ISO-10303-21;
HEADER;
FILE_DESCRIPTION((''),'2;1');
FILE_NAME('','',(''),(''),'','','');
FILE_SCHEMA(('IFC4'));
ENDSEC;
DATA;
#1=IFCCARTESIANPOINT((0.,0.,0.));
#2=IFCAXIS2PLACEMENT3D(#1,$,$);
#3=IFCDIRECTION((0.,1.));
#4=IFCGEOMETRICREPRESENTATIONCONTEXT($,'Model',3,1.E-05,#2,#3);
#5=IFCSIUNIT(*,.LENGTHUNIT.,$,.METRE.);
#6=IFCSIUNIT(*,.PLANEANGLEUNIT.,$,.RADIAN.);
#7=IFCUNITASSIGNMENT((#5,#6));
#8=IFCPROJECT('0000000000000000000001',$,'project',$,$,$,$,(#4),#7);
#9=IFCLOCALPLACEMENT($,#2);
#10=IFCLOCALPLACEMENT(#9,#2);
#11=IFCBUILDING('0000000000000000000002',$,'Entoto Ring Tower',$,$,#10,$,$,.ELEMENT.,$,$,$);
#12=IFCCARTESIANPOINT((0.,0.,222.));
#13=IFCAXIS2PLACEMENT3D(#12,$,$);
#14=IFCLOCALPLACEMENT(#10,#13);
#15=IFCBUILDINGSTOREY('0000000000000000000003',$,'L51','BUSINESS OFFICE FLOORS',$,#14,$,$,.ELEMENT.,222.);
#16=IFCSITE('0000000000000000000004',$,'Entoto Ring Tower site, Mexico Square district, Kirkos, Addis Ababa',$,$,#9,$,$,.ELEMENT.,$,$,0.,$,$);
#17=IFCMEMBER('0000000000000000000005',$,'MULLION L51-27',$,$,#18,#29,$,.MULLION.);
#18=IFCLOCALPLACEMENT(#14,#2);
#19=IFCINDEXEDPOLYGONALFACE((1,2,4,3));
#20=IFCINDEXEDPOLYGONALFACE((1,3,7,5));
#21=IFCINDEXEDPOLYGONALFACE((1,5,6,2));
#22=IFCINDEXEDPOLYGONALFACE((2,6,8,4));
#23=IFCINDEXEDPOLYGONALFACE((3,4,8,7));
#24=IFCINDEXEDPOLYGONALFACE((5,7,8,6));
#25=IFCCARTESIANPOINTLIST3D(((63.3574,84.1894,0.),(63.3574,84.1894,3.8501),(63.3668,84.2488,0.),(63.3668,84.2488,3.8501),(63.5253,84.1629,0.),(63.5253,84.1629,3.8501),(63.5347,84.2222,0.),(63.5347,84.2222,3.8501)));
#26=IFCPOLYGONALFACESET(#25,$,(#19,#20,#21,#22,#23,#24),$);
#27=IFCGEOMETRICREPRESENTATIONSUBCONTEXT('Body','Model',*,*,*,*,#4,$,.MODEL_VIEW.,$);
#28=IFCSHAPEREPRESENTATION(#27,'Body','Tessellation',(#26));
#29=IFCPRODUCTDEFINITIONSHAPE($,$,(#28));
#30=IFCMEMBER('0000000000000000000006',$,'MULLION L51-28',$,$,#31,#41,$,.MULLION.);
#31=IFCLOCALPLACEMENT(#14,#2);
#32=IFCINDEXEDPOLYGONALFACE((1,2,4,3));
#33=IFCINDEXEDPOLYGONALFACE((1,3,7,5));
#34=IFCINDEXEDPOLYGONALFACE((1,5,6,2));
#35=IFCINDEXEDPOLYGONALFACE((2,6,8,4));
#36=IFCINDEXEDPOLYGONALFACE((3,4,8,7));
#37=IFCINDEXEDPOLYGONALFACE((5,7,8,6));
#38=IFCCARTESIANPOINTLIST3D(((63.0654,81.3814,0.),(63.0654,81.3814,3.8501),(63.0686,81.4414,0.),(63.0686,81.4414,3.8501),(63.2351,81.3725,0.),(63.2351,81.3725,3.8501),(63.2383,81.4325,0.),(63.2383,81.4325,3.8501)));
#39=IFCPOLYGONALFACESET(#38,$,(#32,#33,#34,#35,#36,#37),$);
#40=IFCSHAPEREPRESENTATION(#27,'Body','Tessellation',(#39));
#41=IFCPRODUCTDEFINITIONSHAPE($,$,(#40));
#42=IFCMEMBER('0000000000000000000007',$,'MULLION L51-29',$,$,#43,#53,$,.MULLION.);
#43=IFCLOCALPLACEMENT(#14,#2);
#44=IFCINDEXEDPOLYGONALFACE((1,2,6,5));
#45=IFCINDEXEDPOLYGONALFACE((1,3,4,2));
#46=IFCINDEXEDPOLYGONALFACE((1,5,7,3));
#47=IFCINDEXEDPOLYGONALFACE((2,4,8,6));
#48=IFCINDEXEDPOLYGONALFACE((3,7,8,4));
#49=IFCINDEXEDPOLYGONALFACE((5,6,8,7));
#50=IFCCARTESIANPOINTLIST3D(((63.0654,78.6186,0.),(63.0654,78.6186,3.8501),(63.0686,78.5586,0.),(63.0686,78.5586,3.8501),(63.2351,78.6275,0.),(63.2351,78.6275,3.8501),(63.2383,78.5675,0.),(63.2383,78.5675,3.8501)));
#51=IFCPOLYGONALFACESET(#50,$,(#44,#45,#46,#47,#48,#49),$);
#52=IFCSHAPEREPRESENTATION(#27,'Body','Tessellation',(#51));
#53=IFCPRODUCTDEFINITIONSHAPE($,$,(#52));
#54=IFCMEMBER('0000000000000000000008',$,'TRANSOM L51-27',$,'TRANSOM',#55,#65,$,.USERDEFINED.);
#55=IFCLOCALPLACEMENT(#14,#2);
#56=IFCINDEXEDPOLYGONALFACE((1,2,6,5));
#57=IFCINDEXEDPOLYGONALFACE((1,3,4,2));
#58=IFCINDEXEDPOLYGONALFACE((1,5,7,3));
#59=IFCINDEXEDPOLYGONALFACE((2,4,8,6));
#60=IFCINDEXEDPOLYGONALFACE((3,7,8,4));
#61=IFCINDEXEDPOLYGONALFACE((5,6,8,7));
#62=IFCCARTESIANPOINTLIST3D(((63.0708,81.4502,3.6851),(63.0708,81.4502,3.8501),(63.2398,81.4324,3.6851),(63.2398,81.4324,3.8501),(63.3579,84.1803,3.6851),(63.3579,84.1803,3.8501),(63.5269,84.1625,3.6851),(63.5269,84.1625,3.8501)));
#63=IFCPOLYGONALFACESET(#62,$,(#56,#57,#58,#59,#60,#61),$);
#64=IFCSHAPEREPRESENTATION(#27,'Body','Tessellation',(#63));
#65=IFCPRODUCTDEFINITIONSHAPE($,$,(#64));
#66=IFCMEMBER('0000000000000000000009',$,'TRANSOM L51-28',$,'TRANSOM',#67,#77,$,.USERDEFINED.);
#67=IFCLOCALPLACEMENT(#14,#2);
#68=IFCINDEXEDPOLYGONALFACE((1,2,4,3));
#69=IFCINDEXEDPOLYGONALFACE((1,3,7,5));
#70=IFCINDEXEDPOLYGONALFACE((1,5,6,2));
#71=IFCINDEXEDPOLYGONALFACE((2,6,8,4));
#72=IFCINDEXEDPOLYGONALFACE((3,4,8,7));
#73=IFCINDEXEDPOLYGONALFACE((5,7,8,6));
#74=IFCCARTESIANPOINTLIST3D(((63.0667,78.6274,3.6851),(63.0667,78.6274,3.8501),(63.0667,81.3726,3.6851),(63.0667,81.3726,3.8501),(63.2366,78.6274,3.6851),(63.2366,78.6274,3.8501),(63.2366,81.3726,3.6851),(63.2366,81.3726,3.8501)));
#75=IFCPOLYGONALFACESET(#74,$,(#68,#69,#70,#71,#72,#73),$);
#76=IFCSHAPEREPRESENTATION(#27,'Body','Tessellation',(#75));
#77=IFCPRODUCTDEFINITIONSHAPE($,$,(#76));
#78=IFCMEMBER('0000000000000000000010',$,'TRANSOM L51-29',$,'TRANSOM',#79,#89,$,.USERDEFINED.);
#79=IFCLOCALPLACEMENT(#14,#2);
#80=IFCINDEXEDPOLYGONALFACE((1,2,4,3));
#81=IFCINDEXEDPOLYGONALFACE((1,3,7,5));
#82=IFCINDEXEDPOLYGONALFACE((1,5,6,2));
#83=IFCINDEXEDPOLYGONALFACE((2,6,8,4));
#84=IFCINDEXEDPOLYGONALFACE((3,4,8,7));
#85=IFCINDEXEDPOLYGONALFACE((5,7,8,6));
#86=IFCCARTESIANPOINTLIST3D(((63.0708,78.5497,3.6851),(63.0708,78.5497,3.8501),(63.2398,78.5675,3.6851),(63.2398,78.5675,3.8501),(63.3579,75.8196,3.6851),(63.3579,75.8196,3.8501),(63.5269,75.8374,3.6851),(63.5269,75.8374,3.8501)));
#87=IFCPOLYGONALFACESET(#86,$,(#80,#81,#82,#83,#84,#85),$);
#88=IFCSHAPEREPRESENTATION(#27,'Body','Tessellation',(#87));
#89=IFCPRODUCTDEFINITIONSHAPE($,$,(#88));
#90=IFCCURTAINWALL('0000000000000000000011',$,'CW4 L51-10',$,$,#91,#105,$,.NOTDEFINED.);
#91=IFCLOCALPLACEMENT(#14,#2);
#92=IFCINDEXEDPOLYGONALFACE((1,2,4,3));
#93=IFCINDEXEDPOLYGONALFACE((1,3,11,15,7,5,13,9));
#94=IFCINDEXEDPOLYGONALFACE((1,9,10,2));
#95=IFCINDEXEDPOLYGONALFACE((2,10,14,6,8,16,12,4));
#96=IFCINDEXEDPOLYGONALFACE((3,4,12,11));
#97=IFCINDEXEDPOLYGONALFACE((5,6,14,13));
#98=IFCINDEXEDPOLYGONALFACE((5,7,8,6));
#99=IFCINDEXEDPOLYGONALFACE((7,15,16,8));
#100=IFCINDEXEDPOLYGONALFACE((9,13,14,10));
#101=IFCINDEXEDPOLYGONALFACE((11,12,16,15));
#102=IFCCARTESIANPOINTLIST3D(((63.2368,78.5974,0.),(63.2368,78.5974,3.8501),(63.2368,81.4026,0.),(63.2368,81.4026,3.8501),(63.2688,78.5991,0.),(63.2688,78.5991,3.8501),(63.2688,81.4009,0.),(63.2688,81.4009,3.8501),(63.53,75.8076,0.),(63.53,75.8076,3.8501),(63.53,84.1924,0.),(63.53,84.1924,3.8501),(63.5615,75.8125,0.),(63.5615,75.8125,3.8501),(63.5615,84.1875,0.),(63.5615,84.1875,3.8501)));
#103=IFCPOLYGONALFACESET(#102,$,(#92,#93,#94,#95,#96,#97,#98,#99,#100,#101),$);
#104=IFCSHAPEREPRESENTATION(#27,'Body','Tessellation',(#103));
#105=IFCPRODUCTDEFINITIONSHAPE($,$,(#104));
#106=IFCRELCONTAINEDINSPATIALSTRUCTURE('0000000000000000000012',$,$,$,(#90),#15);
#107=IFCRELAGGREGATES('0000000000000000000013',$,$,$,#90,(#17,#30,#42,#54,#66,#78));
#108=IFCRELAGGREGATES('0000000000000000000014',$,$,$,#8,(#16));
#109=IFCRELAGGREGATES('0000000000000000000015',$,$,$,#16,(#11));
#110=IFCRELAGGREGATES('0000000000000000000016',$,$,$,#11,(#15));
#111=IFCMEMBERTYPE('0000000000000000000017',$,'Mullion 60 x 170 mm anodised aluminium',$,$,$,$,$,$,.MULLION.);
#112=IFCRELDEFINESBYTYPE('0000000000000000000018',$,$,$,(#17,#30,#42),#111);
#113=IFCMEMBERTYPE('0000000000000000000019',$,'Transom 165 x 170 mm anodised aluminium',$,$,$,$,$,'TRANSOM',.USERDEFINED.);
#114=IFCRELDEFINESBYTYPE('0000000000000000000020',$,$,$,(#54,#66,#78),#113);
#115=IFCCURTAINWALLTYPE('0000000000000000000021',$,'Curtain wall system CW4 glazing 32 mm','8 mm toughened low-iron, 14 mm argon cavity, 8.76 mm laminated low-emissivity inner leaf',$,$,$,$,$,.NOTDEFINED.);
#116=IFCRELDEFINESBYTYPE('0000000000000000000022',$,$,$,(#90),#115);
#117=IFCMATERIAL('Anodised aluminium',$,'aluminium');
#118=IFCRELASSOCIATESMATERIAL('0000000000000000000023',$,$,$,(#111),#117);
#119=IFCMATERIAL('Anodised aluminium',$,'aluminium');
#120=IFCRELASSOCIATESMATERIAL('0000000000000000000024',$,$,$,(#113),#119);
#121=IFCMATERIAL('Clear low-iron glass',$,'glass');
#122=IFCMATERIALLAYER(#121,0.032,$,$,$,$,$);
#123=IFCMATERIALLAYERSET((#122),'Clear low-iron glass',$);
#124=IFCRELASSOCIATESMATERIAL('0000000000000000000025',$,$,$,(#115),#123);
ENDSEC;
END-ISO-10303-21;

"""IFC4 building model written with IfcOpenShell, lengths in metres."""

from ifc_helpers import new_model, si_unit, direction, frame, origin, origin_2d, place, context, subcontext, project, spatial, polyline, rectangle, outline, extrude, material, layer, layer_set, material_profile, profile_set, type_object, element, aggregate, save


model = new_model("IFC4")

# Units and contexts
model_context = context("Model", 3, precision=1e-05, world=origin(), true_north=direction((0.0, 1.0)))
body_context = subcontext(model_context, "Body", "Model", "MODEL_VIEW")
ifc_project = project(units=[si_unit("LENGTHUNIT", "METRE"), si_unit("PLANEANGLEUNIT", "RADIAN")], contexts=[model_context])

# Members
ifc_material_1 = material(Name="Anodised aluminium", Category="aluminium")
ifc_material_profile_1 = material_profile(ifc_material_1, rectangle(XDim=0.0601, YDim=0.1699, at=origin_2d()), Name="Mullion 60 x 170 mm anodised aluminium")
ifc_profile_set_1 = profile_set([ifc_material_profile_1], Name="Anodised aluminium")
member_type_1 = type_object("IfcMemberType", Name="Mullion 60 x 170 mm anodised aluminium", PredefinedType="MULLION", material=ifc_profile_set_1)
site_placement = place(None, origin())
building_placement = place(site_placement, origin())
storey_placement = place(building_placement, frame((0.0, 0.0, 222.0)))
member_1_placement = place(storey_placement, frame((63.446, 84.2058, 0.0), z_axis=(0.0, 0.0, 1.0), x_axis=(-0.156434, -0.987688, 0.0)))
member_1 = element("IfcMember", 1, at=member_1_placement, type_object=member_type_1, Name="MULLION L51-27", PredefinedType="MULLION", context=body_context, shape_type="SweptSolid", body=[
    extrude(rectangle(XDim=0.0601, YDim=0.1699, at=origin_2d()), origin(), (0.0, 0.0, 1.0), 3.8501),
])
member_2_placement = place(storey_placement, frame((63.1519, 81.407, 0.0), z_axis=(0.0, 0.0, 1.0), x_axis=(-0.052336, -0.99863, 0.0)))
member_2 = element("IfcMember", 2, at=member_2_placement, type_object=member_type_1, Name="MULLION L51-28", PredefinedType="MULLION", context=body_context, shape_type="SweptSolid", body=[
    extrude(rectangle(XDim=0.0601, YDim=0.1699, at=origin_2d()), origin(), (0.0, 0.0, 1.0), 3.8501),
])
member_3_placement = place(storey_placement, frame((63.1519, 78.593, 0.0), z_axis=(0.0, 0.0, 1.0), x_axis=(0.052336, -0.99863, 0.0)))
member_3 = element("IfcMember", 3, at=member_3_placement, type_object=member_type_1, Name="MULLION L51-29", PredefinedType="MULLION", context=body_context, shape_type="SweptSolid", body=[
    extrude(rectangle(XDim=0.0601, YDim=0.1699, at=origin_2d()), origin(), (0.0, 0.0, 1.0), 3.8501),
])
ifc_material_2 = material(Name="Anodised aluminium", Category="aluminium")
ifc_material_profile_2 = material_profile(ifc_material_2, rectangle(XDim=0.1699, YDim=0.165, at=origin_2d()), Name="Transom 165 x 170 mm anodised aluminium")
ifc_profile_set_2 = profile_set([ifc_material_profile_2], Name="Anodised aluminium")
member_type_2 = type_object("IfcMemberType", Name="Transom 165 x 170 mm anodised aluminium", ElementType="TRANSOM", PredefinedType="USERDEFINED", material=ifc_profile_set_2)
member_4_placement = place(storey_placement, frame((63.4424, 84.1714, 3.7676), z_axis=(-0.104592, -0.994515, 0.0), x_axis=(0.994515, -0.104592, 0.0)))
member_4 = element("IfcMember", 4, at=member_4_placement, type_object=member_type_2, Name="TRANSOM L51-27", ObjectType="TRANSOM", PredefinedType="USERDEFINED", context=body_context, shape_type="SweptSolid", body=[
    extrude(rectangle(XDim=0.1699, YDim=0.165, at=origin_2d()), origin(), (0.0, 0.0, 1.0), 2.7451),
])
member_5_placement = place(storey_placement, frame((63.1516, 81.3726, 3.7676), z_axis=(0.0, -1.0, 0.0), x_axis=(1.0, 0.0, 0.0)))
member_5 = element("IfcMember", 5, at=member_5_placement, type_object=member_type_2, Name="TRANSOM L51-28", ObjectType="TRANSOM", PredefinedType="USERDEFINED", context=body_context, shape_type="SweptSolid", body=[
    extrude(rectangle(XDim=0.1699, YDim=0.165, at=origin_2d()), origin(), (0.0, 0.0, 1.0), 2.7451),
])
member_6_placement = place(storey_placement, frame((63.1553, 78.5586, 3.7676), z_axis=(0.104592, -0.994515, 0.0), x_axis=(0.994515, 0.104592, 0.0)))
member_6 = element("IfcMember", 6, at=member_6_placement, type_object=member_type_2, Name="TRANSOM L51-29", ObjectType="TRANSOM", PredefinedType="USERDEFINED", context=body_context, shape_type="SweptSolid", body=[
    extrude(rectangle(XDim=0.1699, YDim=0.165, at=origin_2d()), origin(), (0.0, 0.0, 1.0), 2.7451),
])

# Site, building, storey
site = spatial("IfcSite", under=ifc_project, at=site_placement, Name="Entoto Ring Tower site, Mexico Square district, Kirkos, Addis Ababa", CompositionType="ELEMENT", RefElevation=0.0)
building = spatial("IfcBuilding", under=site, at=building_placement, Name="Entoto Ring Tower", CompositionType="ELEMENT")
storey = spatial("IfcBuildingStorey", under=building, at=storey_placement, Name="L51", Description="BUSINESS OFFICE FLOORS", CompositionType="ELEMENT", Elevation=222.0)

# Curtain wall
ifc_material_3 = material(Name="Clear low-iron glass", Category="glass")
ifc_layer = layer(ifc_material_3, 0.032)
ifc_layer_set = layer_set([ifc_layer], Name="Clear low-iron glass")
curtain_wall_type = type_object("IfcCurtainWallType", Name="Curtain wall system CW4 glazing 32 mm", Description="8 mm toughened low-iron, 14 mm argon cavity, 8.76 mm laminated low-emissivity inner leaf", PredefinedType="NOTDEFINED", material=ifc_layer_set)
curtain_wall_1_placement = place(storey_placement, origin())
curtain_wall_1 = element("IfcCurtainWall", 7, at=curtain_wall_1_placement, inside=storey, type_object=curtain_wall_type, Name="CW4 L51-10", PredefinedType="NOTDEFINED", context=body_context, shape_type="SweptSolid", body=[
    extrude(outline(polyline([(63.53, 84.1924), (63.2368, 81.4026), (63.2368, 78.5974), (63.53, 75.8076), (63.5615, 75.8125), (63.2688, 78.5991), (63.2688, 81.4009), (63.5615, 84.1875), (63.53, 84.1924)])), origin(), (0.0, 0.0, 1.0), 3.8501),
])
aggregate(curtain_wall_1, [member_1, member_2, member_3, member_4, member_5, member_6])

save(model, "model.ifc")
